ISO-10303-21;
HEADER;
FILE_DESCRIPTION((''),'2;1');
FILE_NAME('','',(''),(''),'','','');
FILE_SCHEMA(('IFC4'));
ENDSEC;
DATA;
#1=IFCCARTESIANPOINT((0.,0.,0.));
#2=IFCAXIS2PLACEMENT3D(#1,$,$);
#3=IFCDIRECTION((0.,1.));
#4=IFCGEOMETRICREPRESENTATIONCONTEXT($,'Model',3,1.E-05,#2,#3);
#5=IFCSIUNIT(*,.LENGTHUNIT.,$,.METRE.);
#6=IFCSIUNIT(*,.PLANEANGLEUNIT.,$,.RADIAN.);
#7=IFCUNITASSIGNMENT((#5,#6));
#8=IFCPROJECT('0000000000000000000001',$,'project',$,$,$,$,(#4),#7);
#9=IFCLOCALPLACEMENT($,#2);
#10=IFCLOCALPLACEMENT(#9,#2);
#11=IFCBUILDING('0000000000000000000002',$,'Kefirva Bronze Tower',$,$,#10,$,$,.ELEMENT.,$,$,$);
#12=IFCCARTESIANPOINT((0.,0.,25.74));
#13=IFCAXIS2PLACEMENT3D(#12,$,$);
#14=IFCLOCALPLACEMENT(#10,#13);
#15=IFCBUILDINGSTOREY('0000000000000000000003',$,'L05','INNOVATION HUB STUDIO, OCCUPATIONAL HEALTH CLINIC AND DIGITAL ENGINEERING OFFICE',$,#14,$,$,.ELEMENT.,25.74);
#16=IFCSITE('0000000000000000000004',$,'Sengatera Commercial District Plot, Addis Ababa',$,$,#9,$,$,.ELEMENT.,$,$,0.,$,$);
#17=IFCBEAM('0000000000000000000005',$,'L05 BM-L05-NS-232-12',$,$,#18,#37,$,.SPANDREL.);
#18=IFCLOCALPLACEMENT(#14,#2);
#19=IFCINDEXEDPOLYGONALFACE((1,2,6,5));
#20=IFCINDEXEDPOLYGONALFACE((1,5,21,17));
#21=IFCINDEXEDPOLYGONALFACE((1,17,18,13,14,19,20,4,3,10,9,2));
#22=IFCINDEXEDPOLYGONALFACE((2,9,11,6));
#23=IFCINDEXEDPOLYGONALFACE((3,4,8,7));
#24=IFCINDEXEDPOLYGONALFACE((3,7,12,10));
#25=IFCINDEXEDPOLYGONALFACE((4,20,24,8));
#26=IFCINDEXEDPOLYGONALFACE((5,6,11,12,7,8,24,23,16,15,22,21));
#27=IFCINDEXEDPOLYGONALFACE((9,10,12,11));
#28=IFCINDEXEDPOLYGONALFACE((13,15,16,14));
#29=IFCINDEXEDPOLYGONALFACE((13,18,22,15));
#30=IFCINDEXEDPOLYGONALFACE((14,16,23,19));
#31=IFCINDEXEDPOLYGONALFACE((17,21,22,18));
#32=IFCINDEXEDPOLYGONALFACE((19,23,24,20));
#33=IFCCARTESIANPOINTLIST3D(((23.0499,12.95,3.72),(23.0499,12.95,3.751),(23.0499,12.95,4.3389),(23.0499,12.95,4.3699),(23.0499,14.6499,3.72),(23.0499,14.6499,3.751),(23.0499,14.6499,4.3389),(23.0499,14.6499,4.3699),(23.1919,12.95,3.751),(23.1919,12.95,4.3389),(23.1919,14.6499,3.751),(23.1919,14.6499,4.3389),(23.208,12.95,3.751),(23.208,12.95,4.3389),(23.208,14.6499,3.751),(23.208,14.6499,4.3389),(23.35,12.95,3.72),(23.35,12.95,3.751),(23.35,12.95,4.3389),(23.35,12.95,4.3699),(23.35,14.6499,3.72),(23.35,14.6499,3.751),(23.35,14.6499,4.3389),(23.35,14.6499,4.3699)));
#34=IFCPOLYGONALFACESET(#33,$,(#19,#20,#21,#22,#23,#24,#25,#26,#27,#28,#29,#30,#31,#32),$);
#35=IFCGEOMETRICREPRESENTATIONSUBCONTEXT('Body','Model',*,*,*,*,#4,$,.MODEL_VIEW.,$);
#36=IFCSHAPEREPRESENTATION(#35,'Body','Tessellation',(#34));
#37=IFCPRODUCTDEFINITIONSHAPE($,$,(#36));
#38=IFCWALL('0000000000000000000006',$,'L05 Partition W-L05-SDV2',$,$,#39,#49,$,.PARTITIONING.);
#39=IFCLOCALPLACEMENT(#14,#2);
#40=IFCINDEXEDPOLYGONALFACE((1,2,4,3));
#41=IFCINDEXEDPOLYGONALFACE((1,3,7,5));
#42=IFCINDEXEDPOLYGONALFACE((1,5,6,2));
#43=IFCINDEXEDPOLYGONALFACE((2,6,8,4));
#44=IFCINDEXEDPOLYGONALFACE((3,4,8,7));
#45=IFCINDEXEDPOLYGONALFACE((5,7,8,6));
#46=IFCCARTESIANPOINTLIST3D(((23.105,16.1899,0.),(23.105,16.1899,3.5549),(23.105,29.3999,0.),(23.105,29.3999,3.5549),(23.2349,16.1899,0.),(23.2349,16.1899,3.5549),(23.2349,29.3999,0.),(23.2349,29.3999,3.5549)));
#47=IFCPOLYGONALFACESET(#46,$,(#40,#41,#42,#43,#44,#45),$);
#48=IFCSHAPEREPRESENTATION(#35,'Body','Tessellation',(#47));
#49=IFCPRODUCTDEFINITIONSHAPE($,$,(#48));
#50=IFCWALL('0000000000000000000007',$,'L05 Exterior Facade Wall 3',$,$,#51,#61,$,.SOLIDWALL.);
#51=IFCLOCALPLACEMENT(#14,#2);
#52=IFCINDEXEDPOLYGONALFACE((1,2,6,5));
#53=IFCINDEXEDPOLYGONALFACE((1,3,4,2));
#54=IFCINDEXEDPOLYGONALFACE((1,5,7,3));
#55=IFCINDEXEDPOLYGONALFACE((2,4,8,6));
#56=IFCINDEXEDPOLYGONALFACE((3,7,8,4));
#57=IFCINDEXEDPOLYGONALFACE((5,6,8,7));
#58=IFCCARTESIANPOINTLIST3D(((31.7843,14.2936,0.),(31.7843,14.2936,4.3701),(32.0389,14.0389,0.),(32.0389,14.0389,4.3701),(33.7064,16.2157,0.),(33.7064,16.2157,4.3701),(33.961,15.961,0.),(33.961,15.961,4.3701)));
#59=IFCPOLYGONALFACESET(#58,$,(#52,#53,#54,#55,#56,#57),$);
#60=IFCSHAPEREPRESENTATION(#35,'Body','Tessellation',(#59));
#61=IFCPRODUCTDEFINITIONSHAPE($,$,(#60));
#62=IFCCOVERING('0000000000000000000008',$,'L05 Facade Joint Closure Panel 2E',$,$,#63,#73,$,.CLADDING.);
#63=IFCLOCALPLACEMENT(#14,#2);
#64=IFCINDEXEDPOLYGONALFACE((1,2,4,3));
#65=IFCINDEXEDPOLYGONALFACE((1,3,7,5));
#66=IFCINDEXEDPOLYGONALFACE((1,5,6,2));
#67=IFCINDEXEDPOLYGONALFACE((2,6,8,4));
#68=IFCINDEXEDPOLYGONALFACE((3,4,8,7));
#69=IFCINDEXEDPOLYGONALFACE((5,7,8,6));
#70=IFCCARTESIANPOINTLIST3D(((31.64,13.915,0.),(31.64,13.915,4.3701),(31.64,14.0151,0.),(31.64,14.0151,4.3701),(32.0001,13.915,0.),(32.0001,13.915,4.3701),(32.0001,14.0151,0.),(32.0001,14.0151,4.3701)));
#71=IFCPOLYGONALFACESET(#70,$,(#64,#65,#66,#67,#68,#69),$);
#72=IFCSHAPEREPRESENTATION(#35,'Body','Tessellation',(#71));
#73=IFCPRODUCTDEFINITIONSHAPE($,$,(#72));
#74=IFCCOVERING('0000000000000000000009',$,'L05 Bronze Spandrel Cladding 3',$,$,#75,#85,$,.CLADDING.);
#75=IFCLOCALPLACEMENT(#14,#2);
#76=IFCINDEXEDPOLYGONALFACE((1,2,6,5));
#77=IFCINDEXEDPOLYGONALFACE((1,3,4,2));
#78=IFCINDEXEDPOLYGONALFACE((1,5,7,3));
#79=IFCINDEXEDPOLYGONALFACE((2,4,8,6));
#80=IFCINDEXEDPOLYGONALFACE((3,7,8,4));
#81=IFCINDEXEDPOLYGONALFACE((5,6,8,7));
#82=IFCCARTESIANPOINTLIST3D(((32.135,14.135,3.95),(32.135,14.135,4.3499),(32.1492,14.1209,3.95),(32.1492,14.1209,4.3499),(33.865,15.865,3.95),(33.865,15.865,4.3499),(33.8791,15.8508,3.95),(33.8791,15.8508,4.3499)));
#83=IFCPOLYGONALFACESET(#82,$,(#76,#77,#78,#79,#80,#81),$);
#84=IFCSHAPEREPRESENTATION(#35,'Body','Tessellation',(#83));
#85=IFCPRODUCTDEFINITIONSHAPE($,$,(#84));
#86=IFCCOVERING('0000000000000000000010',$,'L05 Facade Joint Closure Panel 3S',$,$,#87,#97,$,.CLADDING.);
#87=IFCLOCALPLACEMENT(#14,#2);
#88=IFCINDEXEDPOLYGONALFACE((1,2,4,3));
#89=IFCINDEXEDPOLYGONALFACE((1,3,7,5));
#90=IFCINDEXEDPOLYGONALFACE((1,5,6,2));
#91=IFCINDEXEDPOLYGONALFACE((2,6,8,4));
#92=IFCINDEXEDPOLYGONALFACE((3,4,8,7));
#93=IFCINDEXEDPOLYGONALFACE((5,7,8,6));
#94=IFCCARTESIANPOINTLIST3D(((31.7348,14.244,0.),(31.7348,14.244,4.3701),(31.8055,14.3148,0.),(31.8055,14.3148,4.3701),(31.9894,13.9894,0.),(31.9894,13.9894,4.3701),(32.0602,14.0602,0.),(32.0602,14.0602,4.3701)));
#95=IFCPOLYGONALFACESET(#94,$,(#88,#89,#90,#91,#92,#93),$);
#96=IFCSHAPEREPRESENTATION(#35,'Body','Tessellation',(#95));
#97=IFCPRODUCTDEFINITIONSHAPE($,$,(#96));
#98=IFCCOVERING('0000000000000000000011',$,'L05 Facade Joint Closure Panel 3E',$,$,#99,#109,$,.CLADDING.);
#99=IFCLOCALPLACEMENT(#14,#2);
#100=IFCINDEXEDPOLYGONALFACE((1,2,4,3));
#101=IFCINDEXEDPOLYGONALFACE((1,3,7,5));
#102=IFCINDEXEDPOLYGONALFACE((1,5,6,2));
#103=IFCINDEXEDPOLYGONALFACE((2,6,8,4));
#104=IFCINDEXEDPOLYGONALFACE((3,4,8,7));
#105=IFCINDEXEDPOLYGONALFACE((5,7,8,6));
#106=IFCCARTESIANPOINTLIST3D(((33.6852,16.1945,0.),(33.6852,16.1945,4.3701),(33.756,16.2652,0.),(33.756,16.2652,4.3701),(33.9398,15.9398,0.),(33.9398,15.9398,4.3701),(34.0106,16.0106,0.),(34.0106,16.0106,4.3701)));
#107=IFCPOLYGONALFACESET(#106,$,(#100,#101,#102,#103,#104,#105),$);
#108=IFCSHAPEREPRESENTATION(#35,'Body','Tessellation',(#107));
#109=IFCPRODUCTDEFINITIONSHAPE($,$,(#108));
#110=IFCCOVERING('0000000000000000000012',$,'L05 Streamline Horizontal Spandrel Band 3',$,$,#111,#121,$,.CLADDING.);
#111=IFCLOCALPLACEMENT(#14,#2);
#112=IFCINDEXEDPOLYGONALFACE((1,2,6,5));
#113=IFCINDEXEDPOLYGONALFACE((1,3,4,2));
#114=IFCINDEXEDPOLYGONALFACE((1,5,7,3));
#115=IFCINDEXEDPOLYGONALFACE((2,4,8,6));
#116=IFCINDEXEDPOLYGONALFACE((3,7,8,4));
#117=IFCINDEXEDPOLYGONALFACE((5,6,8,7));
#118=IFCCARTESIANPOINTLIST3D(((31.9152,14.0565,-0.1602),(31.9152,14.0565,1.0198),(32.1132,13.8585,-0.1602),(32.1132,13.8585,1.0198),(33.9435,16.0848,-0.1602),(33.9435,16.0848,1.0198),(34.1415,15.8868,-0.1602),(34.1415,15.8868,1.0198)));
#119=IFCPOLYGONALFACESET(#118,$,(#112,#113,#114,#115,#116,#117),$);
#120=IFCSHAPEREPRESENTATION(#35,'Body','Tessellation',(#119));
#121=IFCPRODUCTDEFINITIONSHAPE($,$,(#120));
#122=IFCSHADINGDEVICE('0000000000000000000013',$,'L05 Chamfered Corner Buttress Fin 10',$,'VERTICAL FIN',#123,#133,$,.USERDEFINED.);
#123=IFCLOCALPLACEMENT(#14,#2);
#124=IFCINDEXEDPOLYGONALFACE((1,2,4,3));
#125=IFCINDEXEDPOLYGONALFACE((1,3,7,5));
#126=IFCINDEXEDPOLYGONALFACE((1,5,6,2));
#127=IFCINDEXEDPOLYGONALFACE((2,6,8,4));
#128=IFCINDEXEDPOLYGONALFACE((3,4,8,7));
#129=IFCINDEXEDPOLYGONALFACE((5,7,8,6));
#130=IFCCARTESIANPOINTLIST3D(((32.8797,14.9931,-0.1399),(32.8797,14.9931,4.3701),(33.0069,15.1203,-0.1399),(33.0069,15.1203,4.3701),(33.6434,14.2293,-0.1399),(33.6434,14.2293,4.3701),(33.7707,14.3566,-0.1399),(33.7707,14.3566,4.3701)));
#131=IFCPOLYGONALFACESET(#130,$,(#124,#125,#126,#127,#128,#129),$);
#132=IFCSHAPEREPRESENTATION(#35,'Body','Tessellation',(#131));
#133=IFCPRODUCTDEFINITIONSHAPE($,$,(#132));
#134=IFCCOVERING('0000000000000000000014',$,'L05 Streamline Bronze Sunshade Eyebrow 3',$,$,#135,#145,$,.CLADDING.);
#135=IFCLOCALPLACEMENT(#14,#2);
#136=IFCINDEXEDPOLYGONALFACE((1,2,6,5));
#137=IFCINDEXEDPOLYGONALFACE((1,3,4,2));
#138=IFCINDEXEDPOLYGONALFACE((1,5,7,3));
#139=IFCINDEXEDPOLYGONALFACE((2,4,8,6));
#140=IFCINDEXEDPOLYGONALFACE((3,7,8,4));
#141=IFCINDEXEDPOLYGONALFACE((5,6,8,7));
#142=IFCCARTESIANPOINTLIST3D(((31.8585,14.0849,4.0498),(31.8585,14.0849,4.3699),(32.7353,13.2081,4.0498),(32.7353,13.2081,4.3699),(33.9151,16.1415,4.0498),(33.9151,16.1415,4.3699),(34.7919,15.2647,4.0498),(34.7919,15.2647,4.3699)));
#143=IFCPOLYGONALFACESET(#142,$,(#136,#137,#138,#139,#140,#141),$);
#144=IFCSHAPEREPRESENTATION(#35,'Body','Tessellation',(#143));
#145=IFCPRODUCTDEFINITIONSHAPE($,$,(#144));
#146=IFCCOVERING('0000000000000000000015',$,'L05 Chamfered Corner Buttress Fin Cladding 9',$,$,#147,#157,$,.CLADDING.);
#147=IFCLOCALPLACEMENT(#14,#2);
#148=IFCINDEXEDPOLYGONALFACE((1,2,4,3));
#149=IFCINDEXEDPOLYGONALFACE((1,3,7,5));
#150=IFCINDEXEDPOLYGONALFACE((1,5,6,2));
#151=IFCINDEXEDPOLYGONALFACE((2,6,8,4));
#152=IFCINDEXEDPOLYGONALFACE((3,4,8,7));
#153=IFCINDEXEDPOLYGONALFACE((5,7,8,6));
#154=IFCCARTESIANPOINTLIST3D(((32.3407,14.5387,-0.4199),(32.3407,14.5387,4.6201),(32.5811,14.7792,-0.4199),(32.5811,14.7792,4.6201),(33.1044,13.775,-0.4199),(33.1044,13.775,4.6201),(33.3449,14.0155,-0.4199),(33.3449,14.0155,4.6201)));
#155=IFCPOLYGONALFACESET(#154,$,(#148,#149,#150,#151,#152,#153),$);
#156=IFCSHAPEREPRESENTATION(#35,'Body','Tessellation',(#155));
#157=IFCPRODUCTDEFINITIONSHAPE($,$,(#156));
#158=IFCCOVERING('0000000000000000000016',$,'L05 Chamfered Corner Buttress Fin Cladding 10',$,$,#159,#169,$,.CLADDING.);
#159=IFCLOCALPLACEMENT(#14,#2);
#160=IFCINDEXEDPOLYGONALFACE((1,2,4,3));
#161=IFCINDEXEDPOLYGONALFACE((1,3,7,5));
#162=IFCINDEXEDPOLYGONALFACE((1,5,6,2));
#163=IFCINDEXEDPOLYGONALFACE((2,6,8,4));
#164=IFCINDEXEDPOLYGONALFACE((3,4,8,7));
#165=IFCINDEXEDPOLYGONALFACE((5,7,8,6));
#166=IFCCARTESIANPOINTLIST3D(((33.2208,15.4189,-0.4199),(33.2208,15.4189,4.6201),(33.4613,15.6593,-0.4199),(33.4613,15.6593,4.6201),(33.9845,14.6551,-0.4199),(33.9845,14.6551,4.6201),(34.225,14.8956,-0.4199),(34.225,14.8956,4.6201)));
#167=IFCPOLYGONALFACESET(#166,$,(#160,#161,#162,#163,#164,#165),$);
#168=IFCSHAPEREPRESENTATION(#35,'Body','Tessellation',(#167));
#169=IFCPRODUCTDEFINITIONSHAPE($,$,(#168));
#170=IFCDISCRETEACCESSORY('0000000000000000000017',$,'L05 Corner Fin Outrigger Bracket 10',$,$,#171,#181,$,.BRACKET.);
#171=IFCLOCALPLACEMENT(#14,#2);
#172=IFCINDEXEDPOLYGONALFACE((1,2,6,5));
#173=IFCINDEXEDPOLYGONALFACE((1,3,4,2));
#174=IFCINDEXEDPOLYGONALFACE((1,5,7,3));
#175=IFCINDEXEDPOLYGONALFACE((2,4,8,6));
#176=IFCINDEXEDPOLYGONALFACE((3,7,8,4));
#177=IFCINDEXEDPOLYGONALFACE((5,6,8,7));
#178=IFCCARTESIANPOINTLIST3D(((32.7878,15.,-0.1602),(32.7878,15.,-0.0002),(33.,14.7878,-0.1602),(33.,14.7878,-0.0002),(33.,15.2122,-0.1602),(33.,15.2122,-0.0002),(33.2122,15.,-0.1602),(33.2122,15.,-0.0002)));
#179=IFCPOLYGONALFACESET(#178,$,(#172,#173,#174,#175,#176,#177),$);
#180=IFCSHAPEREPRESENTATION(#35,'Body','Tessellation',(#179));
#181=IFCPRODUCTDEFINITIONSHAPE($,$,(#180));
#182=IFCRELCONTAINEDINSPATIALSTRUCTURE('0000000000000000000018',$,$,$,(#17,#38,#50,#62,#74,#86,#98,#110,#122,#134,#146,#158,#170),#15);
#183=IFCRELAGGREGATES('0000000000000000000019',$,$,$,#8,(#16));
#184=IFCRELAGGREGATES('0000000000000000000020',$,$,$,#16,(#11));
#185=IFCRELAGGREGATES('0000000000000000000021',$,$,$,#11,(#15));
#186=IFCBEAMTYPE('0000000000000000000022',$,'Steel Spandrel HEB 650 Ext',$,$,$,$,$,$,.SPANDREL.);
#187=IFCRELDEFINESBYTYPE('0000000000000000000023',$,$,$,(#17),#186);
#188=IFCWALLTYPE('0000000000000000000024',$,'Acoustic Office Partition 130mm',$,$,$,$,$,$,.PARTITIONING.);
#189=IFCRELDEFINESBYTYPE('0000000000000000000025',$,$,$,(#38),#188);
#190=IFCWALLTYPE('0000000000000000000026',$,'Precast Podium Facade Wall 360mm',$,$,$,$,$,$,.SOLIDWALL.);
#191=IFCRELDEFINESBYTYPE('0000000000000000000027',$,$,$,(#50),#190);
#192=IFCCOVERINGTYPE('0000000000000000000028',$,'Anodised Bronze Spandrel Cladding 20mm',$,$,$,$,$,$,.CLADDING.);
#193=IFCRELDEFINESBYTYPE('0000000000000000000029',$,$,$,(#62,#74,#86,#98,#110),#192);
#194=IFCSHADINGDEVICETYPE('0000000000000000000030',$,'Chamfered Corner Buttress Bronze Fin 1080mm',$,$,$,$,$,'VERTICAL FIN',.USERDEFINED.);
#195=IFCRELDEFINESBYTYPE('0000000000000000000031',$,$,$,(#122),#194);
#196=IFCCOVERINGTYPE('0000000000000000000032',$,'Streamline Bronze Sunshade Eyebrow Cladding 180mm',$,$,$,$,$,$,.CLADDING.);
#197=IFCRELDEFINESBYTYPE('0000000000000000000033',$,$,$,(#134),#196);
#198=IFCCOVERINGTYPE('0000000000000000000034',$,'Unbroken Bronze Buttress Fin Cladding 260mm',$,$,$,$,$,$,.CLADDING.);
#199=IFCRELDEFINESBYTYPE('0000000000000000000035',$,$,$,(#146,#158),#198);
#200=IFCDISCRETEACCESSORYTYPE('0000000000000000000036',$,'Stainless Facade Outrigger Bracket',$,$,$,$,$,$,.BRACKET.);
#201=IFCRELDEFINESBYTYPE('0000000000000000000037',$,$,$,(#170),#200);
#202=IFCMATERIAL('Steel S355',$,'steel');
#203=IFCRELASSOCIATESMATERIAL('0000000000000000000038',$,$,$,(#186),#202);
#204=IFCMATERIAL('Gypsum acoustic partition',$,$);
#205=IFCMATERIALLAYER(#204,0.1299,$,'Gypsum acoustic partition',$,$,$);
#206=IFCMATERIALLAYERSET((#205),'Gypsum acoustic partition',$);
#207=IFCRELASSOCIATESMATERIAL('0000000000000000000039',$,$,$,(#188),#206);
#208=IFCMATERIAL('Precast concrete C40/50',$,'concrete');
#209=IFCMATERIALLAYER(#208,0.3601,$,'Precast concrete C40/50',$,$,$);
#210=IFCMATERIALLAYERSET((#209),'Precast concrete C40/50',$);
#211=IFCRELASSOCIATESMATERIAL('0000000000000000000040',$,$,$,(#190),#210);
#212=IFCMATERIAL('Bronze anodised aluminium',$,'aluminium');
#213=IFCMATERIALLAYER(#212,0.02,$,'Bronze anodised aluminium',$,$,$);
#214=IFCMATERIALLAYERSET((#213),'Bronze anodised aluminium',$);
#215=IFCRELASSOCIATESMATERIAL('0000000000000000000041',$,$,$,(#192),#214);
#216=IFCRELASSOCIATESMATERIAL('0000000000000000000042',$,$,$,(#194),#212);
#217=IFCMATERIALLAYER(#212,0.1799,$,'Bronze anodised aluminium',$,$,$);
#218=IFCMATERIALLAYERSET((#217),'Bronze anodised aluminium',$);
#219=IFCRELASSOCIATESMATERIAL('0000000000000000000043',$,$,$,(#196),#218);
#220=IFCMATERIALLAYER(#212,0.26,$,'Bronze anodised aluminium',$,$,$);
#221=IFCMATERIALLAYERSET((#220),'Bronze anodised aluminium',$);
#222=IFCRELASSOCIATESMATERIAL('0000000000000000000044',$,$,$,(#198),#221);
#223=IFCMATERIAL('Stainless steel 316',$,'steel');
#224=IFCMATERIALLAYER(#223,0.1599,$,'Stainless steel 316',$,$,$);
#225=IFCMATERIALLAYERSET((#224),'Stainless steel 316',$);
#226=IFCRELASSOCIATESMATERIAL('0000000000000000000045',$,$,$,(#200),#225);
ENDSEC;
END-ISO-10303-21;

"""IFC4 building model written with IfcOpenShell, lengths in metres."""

from ifc_helpers import new_model, si_unit, direction, frame, frame_2d, origin, origin_2d, place, context, subcontext, project, spatial, rectangle, i_section, extrude, material, layer, layer_set, material_profile, profile_set, type_object, element, save


model = new_model("IFC4")

# Units and contexts
model_context = context("Model", 3, precision=1e-05, world=origin(), true_north=direction((0.0, 1.0)))
body_context = subcontext(model_context, "Body", "Model", "MODEL_VIEW")
ifc_project = project(units=[si_unit("LENGTHUNIT", "METRE"), si_unit("PLANEANGLEUNIT", "RADIAN")], contexts=[model_context])

# Site, building, storey
site_placement = place(None, origin())
site = spatial("IfcSite", under=ifc_project, at=site_placement, Name="Sengatera Commercial District Plot, Addis Ababa", CompositionType="ELEMENT", RefElevation=0.0)
building_placement = place(site_placement, origin())
building = spatial("IfcBuilding", under=site, at=building_placement, Name="Kefirva Bronze Tower", CompositionType="ELEMENT")
storey_placement = place(building_placement, frame((0.0, 0.0, 25.74)))
storey = spatial("IfcBuildingStorey", under=building, at=storey_placement, Name="L05", Description="INNOVATION HUB STUDIO, OCCUPATIONAL HEALTH CLINIC AND DIGITAL ENGINEERING OFFICE", CompositionType="ELEMENT", Elevation=25.74)

# Shared definitions
ifc_material_1 = material(Name="Bronze anodised aluminium", Category="aluminium")

# Beam
ifc_material_2 = material(Name="Steel S355", Category="steel")
ifc_material_profile_1 = material_profile(ifc_material_2, i_section(OverallWidth=0.3, OverallDepth=0.6499, WebThickness=0.0161, FlangeThickness=0.031, at=origin_2d()), Name="HEB 650")
ifc_profile_set_1 = profile_set([ifc_material_profile_1], Name="Steel S355")
beam_type_1 = type_object("IfcBeamType", Name="Steel Spandrel HEB 650 Ext", PredefinedType="SPANDREL", material=ifc_profile_set_1)
beam_1_placement = place(storey_placement, frame((23.2, 12.95, 4.0449), z_axis=(0.0, 1.0, 0.0), x_axis=(-1.0, 0.0, 0.0)))
element("IfcBeam", 1, at=beam_1_placement, inside=storey, type_object=beam_type_1, Name="L05 BM-L05-NS-232-12", PredefinedType="SPANDREL", context=body_context, shape_type="SweptSolid", body=[
    extrude(i_section(OverallWidth=0.3, OverallDepth=0.6499, WebThickness=0.0161, FlangeThickness=0.031, at=origin_2d()), origin(), (0.0, 0.0, 1.0), 1.7),
])

# Walls
ifc_material_3 = material(Name="Gypsum acoustic partition")
ifc_layer_1 = layer(ifc_material_3, 0.1299, Name="Gypsum acoustic partition")
ifc_layer_set_1 = layer_set([ifc_layer_1], Name="Gypsum acoustic partition")
wall_type_1 = type_object("IfcWallType", Name="Acoustic Office Partition 130mm", PredefinedType="PARTITIONING", material=ifc_layer_set_1)
wall_1_placement = place(storey_placement, frame((23.1699, 16.1899, 0.0), z_axis=(0.0, 0.0, 1.0), x_axis=(0.0, 1.0, 0.0)))
element("IfcWall", 2, at=wall_1_placement, inside=storey, type_object=wall_type_1, Name="L05 Partition W-L05-SDV2", PredefinedType="PARTITIONING", context=body_context, shape_type="SweptSolid", body=[
    extrude(rectangle(XDim=13.21, YDim=0.1299, at=frame_2d((6.605, 0.0))), origin(), (0.0, 0.0, 1.0), 3.5549),
])
ifc_material_4 = material(Name="Precast concrete C40/50", Category="concrete")
ifc_layer_2 = layer(ifc_material_4, 0.3601, Name="Precast concrete C40/50")
ifc_layer_set_2 = layer_set([ifc_layer_2], Name="Precast concrete C40/50")
wall_type_2 = type_object("IfcWallType", Name="Precast Podium Facade Wall 360mm", PredefinedType="SOLIDWALL", material=ifc_layer_set_2)
wall_2_placement = place(storey_placement, frame((31.9116, 14.1663, 0.0), z_axis=(0.0, 0.0, 1.0), x_axis=(0.707107, 0.707107, 0.0)))
element("IfcWall", 3, at=wall_2_placement, inside=storey, type_object=wall_type_2, Name="L05 Exterior Facade Wall 3", PredefinedType="SOLIDWALL", context=body_context, shape_type="SweptSolid", body=[
    extrude(rectangle(XDim=2.7183, YDim=0.3601, at=frame_2d((1.3591, 0.0))), origin(), (0.0, 0.0, 1.0), 4.3701),
])

# Coverings
ifc_layer_3 = layer(ifc_material_1, 0.02, Name="Bronze anodised aluminium")
ifc_layer_set_3 = layer_set([ifc_layer_3], Name="Bronze anodised aluminium")
covering_type_1 = type_object("IfcCoveringType", Name="Anodised Bronze Spandrel Cladding 20mm", PredefinedType="CLADDING", material=ifc_layer_set_3)
covering_1_placement = place(storey_placement, frame((31.8201, 13.9651, 0.0), z_axis=(0.0, 0.0, 1.0), x_axis=(0.0, 1.0, 0.0)))
element("IfcCovering", 4, at=covering_1_placement, inside=storey, type_object=covering_type_1, Name="L05 Facade Joint Closure Panel 2E", PredefinedType="CLADDING", context=body_context, shape_type="SweptSolid", body=[
    extrude(rectangle(XDim=0.1001, YDim=0.3601, at=origin_2d()), origin(), (0.0, 0.0, 1.0), 4.3701),
])
covering_2_placement = place(storey_placement, frame((33.0071, 14.9929, 3.95), z_axis=(0.0, 0.0, 1.0), x_axis=(0.707107, 0.707107, 0.0)))
element("IfcCovering", 5, at=covering_2_placement, inside=storey, type_object=covering_type_1, Name="L05 Bronze Spandrel Cladding 3", PredefinedType="CLADDING", context=body_context, shape_type="SweptSolid", body=[
    extrude(rectangle(XDim=2.4465, YDim=0.02, at=origin_2d()), origin(), (0.0, 0.0, 1.0), 0.3999),
])
for number, where, z_axis, x_axis, name in (
    (6, (31.8975, 14.1521, 0.0), (0.0, 0.0, 1.0), (0.707107, 0.707107, 0.0), "L05 Facade Joint Closure Panel 3S"),
    (7, (33.8479, 16.1025, 0.0), (0.0, 0.0, 1.0), (0.707107, 0.707107, 0.0), "L05 Facade Joint Closure Panel 3E"),
):
    element("IfcCovering", number, at=place(storey_placement, frame(where, z_axis=z_axis, x_axis=x_axis)), inside=storey, type_object=covering_type_1, Name=name, PredefinedType="CLADDING", context=body_context, shape_type="SweptSolid", body=[
        extrude(rectangle(XDim=0.1001, YDim=0.3601, at=origin_2d()), origin(), (0.0, 0.0, 1.0), 4.3701),
    ])
covering_3_placement = place(storey_placement, frame((33.0283, 14.9717, -0.1602), z_axis=(0.0, 0.0, 1.0), x_axis=(0.707107, 0.707107, 0.0)))
element("IfcCovering", 8, at=covering_3_placement, inside=storey, type_object=covering_type_1, Name="L05 Streamline Horizontal Spandrel Band 3", PredefinedType="CLADDING", context=body_context, shape_type="SweptSolid", body=[
    extrude(rectangle(XDim=2.8684, YDim=0.28, at=origin_2d()), origin(), (0.0, 0.0, 1.0), 1.1799),
])

# Shading device
ifc_material_profile_2 = material_profile(ifc_material_1, rectangle(XDim=0.1799, YDim=1.0801, at=origin_2d()), Name="BRONZE BUTTRESS FIN 180x1080")
ifc_profile_set_2 = profile_set([ifc_material_profile_2], Name="Bronze anodised aluminium")
shading_device_type = type_object("IfcShadingDeviceType", Name="Chamfered Corner Buttress Bronze Fin 1080mm", ElementType="VERTICAL FIN", PredefinedType="USERDEFINED", material=ifc_profile_set_2)
shading_device_placement = place(storey_placement, frame((33.3252, 14.6748, -0.1399), z_axis=(0.0, 0.0, 1.0), x_axis=(0.707107, 0.707107, 0.0)))
element("IfcShadingDevice", 9, at=shading_device_placement, inside=storey, type_object=shading_device_type, Name="L05 Chamfered Corner Buttress Fin 10", ObjectType="VERTICAL FIN", PredefinedType="USERDEFINED", context=body_context, shape_type="SweptSolid", body=[
    extrude(rectangle(XDim=0.1799, YDim=1.0801, at=origin_2d()), origin(), (0.0, 0.0, 1.0), 4.51),
])

# Coverings
ifc_layer_4 = layer(ifc_material_1, 0.1799, Name="Bronze anodised aluminium")
ifc_layer_set_4 = layer_set([ifc_layer_4], Name="Bronze anodised aluminium")
covering_type_2 = type_object("IfcCoveringType", Name="Streamline Bronze Sunshade Eyebrow Cladding 180mm", PredefinedType="CLADDING", material=ifc_layer_set_4)
covering_4_placement = place(storey_placement, frame((33.3252, 14.6748, 4.0498), z_axis=(0.0, 0.0, 1.0), x_axis=(0.707107, 0.707107, 0.0)))
element("IfcCovering", 10, at=covering_4_placement, inside=storey, type_object=covering_type_2, Name="L05 Streamline Bronze Sunshade Eyebrow 3", PredefinedType="CLADDING", context=body_context, shape_type="SweptSolid", body=[
    extrude(rectangle(XDim=2.9084, YDim=1.24, at=origin_2d()), origin(), (0.0, 0.0, 1.0), 0.3201),
])
ifc_layer_5 = layer(ifc_material_1, 0.26, Name="Bronze anodised aluminium")
ifc_layer_set_5 = layer_set([ifc_layer_5], Name="Bronze anodised aluminium")
covering_type_3 = type_object("IfcCoveringType", Name="Unbroken Bronze Buttress Fin Cladding 260mm", PredefinedType="CLADDING", material=ifc_layer_set_5)
for number, where, z_axis, x_axis, name in (
    (11, (32.8428, 14.2771, -0.4199), (0.0, 0.0, 1.0), (0.707107, 0.707107, 0.0), "L05 Chamfered Corner Buttress Fin Cladding 9"),
    (12, (33.7229, 15.1572, -0.4199), (0.0, 0.0, 1.0), (0.707107, 0.707107, 0.0), "L05 Chamfered Corner Buttress Fin Cladding 10"),
):
    element("IfcCovering", number, at=place(storey_placement, frame(where, z_axis=z_axis, x_axis=x_axis)), inside=storey, type_object=covering_type_3, Name=name, PredefinedType="CLADDING", context=body_context, shape_type="SweptSolid", body=[
        extrude(rectangle(XDim=0.3401, YDim=1.0801, at=origin_2d()), origin(), (0.0, 0.0, 1.0), 5.04),
    ])

# Discrete accessory
ifc_material_5 = material(Name="Stainless steel 316", Category="steel")
ifc_layer_6 = layer(ifc_material_5, 0.1599, Name="Stainless steel 316")
ifc_layer_set_6 = layer_set([ifc_layer_6], Name="Stainless steel 316")
discrete_accessory_type = type_object("IfcDiscreteAccessoryType", Name="Stainless Facade Outrigger Bracket", PredefinedType="BRACKET", material=ifc_layer_set_6)
discrete_accessory_placement = place(storey_placement, frame((33.0, 15.0, -0.1602), z_axis=(0.0, 0.0, 1.0), x_axis=(0.707107, 0.707107, 0.0)))
element("IfcDiscreteAccessory", 13, at=discrete_accessory_placement, inside=storey, type_object=discrete_accessory_type, Name="L05 Corner Fin Outrigger Bracket 10", PredefinedType="BRACKET", context=body_context, shape_type="SweptSolid", body=[
    extrude(rectangle(XDim=0.3, YDim=0.3, at=origin_2d()), origin(), (0.0, 0.0, 1.0), 0.1599),
])

save(model, "model.ifc")
